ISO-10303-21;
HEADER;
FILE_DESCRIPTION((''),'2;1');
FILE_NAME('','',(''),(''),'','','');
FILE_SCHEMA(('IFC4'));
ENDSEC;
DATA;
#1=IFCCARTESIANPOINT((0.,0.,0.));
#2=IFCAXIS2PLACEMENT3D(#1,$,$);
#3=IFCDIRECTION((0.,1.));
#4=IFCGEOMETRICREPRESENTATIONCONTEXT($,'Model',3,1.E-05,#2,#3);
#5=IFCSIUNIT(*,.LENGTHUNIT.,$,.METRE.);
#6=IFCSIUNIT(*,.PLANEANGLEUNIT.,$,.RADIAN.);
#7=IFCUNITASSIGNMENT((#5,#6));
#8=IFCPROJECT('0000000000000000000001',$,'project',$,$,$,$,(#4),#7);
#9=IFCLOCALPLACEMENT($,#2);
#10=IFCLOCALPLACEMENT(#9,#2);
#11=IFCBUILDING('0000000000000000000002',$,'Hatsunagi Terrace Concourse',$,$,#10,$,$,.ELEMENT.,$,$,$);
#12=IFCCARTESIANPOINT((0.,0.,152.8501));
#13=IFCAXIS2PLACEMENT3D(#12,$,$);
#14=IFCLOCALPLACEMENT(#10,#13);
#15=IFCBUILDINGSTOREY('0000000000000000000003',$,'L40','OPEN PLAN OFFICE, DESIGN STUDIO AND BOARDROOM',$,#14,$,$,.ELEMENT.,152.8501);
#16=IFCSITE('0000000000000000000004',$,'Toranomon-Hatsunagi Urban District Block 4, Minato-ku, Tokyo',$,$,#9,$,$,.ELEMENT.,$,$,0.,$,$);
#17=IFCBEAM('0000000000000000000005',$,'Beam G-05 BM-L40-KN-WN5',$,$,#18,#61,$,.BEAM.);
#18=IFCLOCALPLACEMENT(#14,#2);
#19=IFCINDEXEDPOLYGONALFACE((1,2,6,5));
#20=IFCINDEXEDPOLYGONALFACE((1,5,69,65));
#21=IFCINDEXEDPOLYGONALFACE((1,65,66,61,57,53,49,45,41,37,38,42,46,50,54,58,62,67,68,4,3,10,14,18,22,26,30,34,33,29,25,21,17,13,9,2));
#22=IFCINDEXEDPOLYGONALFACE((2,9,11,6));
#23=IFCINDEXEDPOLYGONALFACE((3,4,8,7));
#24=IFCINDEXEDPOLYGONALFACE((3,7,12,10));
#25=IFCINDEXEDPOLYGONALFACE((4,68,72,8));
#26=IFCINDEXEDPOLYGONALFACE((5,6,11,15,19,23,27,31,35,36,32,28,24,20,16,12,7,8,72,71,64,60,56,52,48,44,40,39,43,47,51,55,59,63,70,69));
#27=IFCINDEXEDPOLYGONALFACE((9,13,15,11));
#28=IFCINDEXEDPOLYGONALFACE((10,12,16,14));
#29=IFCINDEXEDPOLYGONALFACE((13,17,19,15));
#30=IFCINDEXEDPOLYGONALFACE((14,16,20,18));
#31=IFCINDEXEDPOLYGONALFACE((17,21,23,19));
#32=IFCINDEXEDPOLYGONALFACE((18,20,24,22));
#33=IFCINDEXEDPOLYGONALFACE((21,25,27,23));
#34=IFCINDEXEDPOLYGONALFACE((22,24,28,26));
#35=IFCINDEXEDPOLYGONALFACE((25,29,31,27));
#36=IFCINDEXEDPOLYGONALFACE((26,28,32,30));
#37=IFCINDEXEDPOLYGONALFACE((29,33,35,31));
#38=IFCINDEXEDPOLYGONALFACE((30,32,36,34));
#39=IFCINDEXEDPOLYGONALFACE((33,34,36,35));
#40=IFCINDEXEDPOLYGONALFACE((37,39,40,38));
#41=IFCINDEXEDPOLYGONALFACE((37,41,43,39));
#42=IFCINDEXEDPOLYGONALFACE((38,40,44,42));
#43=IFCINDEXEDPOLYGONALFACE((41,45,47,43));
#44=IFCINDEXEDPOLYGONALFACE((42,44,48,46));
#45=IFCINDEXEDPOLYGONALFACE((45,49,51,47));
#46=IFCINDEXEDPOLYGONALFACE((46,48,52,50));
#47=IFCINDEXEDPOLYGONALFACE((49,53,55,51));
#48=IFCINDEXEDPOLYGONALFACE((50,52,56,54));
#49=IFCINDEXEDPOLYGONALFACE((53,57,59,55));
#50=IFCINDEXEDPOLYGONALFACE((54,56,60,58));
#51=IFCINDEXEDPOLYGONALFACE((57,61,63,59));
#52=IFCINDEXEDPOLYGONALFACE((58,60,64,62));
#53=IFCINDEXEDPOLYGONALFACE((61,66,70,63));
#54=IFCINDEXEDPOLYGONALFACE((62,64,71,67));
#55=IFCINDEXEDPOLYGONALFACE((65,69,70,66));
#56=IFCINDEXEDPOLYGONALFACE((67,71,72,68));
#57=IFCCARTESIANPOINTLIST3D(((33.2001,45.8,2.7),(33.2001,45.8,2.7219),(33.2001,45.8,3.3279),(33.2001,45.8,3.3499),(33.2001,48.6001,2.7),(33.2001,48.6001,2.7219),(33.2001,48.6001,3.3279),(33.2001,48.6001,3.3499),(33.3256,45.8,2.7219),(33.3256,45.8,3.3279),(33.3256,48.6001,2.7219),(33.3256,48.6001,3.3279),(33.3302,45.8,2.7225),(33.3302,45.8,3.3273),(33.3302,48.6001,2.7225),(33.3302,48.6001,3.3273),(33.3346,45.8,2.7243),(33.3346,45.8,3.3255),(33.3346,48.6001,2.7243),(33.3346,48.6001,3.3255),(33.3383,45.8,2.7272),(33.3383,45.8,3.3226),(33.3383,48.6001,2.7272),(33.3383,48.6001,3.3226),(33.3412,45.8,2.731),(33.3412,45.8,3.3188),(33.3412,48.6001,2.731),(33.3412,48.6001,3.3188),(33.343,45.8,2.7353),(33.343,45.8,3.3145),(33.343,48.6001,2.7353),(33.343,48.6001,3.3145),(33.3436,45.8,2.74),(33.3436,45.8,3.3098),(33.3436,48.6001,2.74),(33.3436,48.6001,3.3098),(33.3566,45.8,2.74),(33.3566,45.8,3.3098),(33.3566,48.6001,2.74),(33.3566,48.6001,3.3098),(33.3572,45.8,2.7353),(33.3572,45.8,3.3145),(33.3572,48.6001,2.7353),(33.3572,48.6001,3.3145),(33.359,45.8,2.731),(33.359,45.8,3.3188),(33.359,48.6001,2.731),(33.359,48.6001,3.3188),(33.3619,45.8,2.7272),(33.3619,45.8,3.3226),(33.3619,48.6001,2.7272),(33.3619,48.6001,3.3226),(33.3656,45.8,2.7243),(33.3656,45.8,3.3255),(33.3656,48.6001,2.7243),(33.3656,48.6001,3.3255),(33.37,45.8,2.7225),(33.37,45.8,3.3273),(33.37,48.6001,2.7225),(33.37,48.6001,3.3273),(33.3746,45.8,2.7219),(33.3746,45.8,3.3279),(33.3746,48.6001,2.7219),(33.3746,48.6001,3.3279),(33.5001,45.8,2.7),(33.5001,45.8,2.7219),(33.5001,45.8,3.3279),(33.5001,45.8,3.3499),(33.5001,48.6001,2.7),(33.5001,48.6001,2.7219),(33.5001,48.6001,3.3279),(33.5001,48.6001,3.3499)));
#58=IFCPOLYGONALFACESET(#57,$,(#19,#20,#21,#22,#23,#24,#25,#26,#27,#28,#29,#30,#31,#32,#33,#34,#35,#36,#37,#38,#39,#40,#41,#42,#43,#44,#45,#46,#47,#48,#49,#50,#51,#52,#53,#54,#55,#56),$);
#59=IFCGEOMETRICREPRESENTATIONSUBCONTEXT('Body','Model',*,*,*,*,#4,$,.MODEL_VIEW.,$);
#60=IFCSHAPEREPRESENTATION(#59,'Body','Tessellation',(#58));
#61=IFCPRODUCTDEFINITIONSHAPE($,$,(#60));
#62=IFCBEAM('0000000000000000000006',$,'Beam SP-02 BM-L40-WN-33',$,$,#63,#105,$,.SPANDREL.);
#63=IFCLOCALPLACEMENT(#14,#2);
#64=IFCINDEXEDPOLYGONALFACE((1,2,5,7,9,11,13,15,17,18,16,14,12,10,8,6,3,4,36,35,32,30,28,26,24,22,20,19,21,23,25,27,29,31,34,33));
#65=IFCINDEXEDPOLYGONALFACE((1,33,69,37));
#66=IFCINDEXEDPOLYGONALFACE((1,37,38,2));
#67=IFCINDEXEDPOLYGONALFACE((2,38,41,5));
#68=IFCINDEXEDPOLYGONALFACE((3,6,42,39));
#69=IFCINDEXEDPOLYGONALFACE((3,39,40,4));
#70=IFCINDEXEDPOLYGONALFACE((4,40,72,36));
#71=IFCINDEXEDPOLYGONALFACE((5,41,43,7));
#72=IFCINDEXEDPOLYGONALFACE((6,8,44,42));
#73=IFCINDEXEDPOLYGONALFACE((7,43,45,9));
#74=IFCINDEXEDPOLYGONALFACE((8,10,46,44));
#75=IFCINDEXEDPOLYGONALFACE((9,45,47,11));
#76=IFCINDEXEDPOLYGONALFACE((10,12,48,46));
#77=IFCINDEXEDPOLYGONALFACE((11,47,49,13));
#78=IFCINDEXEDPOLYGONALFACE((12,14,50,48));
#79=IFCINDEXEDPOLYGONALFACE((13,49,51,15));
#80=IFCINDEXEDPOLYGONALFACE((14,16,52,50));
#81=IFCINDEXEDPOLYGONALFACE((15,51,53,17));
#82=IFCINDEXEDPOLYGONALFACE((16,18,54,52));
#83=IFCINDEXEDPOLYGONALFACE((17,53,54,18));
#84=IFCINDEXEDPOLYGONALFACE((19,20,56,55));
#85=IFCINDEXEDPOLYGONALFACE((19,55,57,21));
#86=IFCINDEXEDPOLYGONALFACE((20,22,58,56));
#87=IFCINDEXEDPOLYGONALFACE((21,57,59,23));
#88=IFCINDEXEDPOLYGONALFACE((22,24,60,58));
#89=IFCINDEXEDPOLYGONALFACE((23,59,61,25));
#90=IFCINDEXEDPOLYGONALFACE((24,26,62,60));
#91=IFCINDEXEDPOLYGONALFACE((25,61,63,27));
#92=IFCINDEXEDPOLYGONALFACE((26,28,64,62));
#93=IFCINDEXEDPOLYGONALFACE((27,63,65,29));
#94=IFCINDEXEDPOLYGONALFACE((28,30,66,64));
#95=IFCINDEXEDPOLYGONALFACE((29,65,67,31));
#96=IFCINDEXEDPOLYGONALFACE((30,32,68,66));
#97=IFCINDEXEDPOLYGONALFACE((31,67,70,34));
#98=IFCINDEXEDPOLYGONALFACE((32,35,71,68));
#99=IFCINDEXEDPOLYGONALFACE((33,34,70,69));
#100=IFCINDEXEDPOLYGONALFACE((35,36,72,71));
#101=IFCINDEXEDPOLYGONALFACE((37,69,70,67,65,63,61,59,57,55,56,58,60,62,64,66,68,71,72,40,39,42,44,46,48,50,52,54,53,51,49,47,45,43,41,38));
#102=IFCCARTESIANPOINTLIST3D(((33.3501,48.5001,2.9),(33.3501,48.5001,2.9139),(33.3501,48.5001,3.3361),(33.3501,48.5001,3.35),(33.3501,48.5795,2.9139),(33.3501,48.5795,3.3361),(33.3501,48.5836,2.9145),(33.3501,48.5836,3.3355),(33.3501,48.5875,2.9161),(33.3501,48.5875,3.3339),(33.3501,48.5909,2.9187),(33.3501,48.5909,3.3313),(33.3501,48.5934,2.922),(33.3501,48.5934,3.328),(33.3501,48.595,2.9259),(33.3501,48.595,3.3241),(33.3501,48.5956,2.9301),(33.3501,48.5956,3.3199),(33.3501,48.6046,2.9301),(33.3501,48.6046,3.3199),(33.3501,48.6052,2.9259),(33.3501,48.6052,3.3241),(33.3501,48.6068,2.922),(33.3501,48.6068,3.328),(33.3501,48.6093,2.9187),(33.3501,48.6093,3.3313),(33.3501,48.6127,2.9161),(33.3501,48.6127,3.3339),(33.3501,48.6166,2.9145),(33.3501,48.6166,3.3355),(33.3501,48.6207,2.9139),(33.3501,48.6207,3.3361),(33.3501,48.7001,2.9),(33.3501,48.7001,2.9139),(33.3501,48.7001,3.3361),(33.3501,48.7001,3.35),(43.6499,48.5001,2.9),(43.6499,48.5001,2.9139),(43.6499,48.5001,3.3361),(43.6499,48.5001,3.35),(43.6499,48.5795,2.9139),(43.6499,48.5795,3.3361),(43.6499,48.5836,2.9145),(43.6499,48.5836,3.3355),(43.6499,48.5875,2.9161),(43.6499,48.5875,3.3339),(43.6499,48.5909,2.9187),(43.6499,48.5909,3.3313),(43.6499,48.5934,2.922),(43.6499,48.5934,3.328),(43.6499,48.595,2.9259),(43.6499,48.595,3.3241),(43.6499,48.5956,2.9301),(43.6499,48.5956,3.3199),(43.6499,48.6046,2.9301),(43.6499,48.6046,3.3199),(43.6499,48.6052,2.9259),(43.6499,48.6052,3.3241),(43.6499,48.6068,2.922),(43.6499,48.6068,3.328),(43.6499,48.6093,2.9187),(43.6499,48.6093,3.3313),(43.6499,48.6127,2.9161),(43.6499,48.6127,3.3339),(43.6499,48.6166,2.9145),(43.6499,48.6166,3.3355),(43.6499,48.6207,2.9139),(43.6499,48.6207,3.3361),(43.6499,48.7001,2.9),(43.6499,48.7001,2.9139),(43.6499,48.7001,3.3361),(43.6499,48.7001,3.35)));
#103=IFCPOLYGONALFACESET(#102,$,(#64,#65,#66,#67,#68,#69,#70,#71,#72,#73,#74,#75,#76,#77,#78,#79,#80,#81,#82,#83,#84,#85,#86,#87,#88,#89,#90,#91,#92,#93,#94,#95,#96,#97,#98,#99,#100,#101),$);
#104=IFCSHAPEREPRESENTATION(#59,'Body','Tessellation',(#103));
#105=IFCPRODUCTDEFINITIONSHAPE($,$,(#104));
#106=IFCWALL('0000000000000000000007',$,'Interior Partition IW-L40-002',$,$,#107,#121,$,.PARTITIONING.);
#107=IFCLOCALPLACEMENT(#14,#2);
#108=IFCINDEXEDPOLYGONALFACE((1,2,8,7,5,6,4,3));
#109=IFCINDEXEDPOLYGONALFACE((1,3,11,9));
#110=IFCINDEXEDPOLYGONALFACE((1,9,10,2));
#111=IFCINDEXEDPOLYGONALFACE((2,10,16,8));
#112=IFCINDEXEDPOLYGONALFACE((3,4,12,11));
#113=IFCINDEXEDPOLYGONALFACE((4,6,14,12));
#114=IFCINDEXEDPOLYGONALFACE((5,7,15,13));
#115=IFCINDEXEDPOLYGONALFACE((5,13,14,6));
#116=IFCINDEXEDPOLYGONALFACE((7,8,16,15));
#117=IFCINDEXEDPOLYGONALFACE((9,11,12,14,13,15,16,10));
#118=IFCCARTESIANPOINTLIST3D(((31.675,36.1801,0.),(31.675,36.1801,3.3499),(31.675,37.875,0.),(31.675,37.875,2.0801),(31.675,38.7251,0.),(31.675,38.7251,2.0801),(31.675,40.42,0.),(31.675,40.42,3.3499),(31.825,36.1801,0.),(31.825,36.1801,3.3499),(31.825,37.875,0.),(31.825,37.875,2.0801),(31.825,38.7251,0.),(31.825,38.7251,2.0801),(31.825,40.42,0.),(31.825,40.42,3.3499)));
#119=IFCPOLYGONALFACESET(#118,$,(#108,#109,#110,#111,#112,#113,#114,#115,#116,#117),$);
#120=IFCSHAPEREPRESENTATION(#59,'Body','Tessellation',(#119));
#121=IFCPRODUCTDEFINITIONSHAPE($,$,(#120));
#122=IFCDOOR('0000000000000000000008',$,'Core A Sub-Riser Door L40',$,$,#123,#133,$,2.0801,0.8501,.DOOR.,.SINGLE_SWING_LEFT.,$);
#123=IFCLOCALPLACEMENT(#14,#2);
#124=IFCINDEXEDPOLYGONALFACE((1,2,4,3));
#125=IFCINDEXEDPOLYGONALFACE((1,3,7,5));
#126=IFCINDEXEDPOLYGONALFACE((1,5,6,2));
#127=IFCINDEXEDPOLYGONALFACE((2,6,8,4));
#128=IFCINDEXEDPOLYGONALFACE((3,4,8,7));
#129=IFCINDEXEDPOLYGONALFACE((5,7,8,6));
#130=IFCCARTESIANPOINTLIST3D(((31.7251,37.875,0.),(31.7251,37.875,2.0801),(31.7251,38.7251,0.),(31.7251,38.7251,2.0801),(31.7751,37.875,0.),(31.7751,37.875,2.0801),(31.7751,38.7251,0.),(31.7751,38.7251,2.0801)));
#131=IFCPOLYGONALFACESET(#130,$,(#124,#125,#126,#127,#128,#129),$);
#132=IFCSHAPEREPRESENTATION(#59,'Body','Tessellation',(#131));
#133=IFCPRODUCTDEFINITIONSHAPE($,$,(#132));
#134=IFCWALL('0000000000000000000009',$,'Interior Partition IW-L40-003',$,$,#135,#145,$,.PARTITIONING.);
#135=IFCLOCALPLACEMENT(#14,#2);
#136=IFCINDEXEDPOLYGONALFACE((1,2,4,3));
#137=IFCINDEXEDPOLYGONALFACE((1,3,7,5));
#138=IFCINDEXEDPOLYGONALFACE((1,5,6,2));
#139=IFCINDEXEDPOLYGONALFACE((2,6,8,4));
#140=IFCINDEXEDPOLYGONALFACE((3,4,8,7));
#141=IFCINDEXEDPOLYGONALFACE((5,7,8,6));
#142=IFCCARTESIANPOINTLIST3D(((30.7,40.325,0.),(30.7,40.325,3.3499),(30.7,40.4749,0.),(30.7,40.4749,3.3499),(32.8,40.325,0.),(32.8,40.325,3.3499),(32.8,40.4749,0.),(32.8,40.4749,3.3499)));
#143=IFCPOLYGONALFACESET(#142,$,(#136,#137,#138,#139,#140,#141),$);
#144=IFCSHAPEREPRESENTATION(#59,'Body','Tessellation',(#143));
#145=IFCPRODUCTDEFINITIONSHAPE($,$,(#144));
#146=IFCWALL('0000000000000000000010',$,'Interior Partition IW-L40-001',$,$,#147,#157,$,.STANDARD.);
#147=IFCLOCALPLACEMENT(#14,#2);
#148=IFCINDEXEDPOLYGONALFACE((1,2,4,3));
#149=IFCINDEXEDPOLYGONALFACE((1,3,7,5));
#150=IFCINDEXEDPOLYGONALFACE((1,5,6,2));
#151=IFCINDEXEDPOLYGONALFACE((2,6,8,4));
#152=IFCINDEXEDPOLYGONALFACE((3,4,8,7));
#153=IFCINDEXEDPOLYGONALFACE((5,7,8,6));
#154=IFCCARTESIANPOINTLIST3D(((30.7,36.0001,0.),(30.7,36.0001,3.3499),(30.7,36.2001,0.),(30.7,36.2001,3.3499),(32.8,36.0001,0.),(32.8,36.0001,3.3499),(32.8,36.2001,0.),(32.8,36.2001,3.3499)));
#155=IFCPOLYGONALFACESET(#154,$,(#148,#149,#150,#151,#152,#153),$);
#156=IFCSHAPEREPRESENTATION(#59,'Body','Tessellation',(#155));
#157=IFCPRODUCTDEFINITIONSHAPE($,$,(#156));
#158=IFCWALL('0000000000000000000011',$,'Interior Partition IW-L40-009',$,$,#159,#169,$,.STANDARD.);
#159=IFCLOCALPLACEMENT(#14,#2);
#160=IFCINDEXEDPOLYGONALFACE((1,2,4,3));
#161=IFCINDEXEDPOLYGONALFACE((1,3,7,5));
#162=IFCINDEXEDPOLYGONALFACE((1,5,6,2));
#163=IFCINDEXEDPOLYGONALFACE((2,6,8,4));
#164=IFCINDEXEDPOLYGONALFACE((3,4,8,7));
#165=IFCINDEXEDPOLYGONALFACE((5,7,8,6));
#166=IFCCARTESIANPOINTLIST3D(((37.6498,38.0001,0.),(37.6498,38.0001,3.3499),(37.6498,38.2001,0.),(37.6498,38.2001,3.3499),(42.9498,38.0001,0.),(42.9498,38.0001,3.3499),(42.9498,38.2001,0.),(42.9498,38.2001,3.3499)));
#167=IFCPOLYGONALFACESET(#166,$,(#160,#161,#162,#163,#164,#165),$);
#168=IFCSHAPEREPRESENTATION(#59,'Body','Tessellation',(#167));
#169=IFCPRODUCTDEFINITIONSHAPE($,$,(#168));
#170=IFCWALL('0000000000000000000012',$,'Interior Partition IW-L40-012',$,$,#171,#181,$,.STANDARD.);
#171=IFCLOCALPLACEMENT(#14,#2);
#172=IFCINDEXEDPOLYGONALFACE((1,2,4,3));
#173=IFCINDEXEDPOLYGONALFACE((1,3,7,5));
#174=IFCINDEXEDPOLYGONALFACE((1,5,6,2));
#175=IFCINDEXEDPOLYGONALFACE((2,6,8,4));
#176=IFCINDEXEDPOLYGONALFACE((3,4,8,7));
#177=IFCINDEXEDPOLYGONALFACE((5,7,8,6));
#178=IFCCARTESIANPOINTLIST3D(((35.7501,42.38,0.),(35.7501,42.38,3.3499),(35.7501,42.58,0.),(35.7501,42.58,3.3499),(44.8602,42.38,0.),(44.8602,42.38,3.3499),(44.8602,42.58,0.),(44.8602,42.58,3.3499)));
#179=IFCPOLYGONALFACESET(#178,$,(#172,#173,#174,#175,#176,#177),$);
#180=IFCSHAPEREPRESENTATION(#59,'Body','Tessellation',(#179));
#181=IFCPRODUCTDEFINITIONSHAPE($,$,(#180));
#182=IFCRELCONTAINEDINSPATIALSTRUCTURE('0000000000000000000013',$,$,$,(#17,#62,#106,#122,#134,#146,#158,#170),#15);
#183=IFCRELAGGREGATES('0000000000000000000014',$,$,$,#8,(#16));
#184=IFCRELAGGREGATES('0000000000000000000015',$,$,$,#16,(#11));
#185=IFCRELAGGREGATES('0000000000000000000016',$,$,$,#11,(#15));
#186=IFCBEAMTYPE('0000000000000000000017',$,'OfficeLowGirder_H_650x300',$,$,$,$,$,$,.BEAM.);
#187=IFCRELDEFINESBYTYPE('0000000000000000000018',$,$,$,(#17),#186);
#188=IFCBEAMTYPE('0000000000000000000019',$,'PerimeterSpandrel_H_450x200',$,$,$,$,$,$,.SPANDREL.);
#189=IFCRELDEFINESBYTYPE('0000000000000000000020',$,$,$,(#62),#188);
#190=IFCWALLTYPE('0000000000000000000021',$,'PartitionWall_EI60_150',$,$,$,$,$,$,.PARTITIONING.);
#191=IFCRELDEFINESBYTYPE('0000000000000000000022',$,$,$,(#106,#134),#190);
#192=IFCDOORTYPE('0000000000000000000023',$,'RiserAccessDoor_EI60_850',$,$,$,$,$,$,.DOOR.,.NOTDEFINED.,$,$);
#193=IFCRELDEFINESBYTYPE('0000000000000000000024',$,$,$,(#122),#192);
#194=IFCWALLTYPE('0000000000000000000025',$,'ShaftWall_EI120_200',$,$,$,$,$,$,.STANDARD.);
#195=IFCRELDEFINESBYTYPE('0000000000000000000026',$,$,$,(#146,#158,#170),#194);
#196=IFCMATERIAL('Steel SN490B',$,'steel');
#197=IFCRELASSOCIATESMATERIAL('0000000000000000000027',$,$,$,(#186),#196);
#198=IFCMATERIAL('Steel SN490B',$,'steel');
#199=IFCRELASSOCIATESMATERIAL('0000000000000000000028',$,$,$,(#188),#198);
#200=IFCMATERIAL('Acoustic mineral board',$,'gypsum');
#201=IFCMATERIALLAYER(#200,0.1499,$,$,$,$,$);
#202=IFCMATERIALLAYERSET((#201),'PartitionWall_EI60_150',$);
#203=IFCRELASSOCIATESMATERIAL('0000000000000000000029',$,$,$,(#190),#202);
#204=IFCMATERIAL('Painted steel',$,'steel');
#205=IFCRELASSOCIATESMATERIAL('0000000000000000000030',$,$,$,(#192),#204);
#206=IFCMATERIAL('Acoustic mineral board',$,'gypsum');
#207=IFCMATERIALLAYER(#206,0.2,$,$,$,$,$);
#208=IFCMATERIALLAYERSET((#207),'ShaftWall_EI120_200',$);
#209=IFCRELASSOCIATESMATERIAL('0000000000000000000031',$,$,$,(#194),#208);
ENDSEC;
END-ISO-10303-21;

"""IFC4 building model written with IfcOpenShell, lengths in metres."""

from ifc_helpers import new_model, si_unit, direction, frame, frame_2d, origin, origin_2d, place, context, subcontext, project, spatial, rectangle, i_section, extrude, material, layer, layer_set, material_profile, profile_set, type_object, element, fill, save


model = new_model("IFC4")

# Units and contexts
model_context = context("Model", 3, precision=1e-05, world=origin(), true_north=direction((0.0, 1.0)))
body_context = subcontext(model_context, "Body", "Model", "MODEL_VIEW")
ifc_project = project(units=[si_unit("LENGTHUNIT", "METRE"), si_unit("PLANEANGLEUNIT", "RADIAN")], contexts=[model_context])

# Site, building, storey
site_placement = place(None, origin())
site = spatial("IfcSite", under=ifc_project, at=site_placement, Name="Toranomon-Hatsunagi Urban District Block 4, Minato-ku, Tokyo", CompositionType="ELEMENT", RefElevation=0.0)
building_placement = place(site_placement, origin())
building = spatial("IfcBuilding", under=site, at=building_placement, Name="Hatsunagi Terrace Concourse", CompositionType="ELEMENT")
storey_placement = place(building_placement, frame((0.0, 0.0, 152.8501)))
storey = spatial("IfcBuildingStorey", under=building, at=storey_placement, Name="L40", Description="OPEN PLAN OFFICE, DESIGN STUDIO AND BOARDROOM", CompositionType="ELEMENT", Elevation=152.8501)

# Beams
ifc_material_1 = material(Name="Steel SN490B", Category="steel")
ifc_material_profile_1 = material_profile(ifc_material_1, i_section(OverallWidth=0.3, OverallDepth=0.6499, WebThickness=0.0129, FlangeThickness=0.022, FilletRadius=0.0181, at=origin_2d()), Name="H-650x300x13x22")
ifc_profile_set_1 = profile_set([ifc_material_profile_1], Name="Steel SN490B")
beam_type_1 = type_object("IfcBeamType", Name="OfficeLowGirder_H_650x300", PredefinedType="BEAM", material=ifc_profile_set_1)
beam_1_placement = place(storey_placement, frame((33.3501, 45.8, 3.0249), z_axis=(0.0, 1.0, 0.0), x_axis=(-1.0, 0.0, 0.0)))
element("IfcBeam", 1, at=beam_1_placement, inside=storey, type_object=beam_type_1, Name="Beam G-05 BM-L40-KN-WN5", PredefinedType="BEAM", context=body_context, shape_type="SweptSolid", body=[
    extrude(i_section(OverallWidth=0.3, OverallDepth=0.6499, WebThickness=0.0129, FlangeThickness=0.022, FilletRadius=0.0181, at=origin_2d()), origin(), (0.0, 0.0, 1.0), 2.8),
])
ifc_material_2 = material(Name="Steel SN490B", Category="steel")
ifc_material_profile_2 = material_profile(ifc_material_2, i_section(OverallWidth=0.2, OverallDepth=0.45, WebThickness=0.009, FlangeThickness=0.0139, FilletRadius=0.0161, at=origin_2d()), Name="H-450x200x9x14")
ifc_profile_set_2 = profile_set([ifc_material_profile_2], Name="Steel SN490B")
beam_type_2 = type_object("IfcBeamType", Name="PerimeterSpandrel_H_450x200", PredefinedType="SPANDREL", material=ifc_profile_set_2)
beam_2_placement = place(storey_placement, frame((33.3501, 48.6001, 3.125), z_axis=(1.0, 0.0, 0.0), x_axis=(0.0, 1.0, 0.0)))
element("IfcBeam", 2, at=beam_2_placement, inside=storey, type_object=beam_type_2, Name="Beam SP-02 BM-L40-WN-33", PredefinedType="SPANDREL", context=body_context, shape_type="SweptSolid", body=[
    extrude(i_section(OverallWidth=0.2, OverallDepth=0.45, WebThickness=0.009, FlangeThickness=0.0139, FilletRadius=0.0161, at=origin_2d()), origin(), (0.0, 0.0, 1.0), 10.2998),
])

# Wall, opening, door
ifc_material_3 = material(Name="Acoustic mineral board", Category="gypsum")
ifc_layer_1 = layer(ifc_material_3, 0.1499)
ifc_layer_set_1 = layer_set([ifc_layer_1], Name="PartitionWall_EI60_150")
wall_type_1 = type_object("IfcWallType", Name="PartitionWall_EI60_150", PredefinedType="PARTITIONING", material=ifc_layer_set_1)
wall_1_placement = place(storey_placement, frame((31.75, 36.1799, 0.0), z_axis=(0.0, 0.0, 1.0), x_axis=(0.0, 1.0, 0.0)))
wall_1 = element("IfcWall", 3, at=wall_1_placement, inside=storey, type_object=wall_type_1, Name="Interior Partition IW-L40-002", PredefinedType="PARTITIONING", context=body_context, shape_type="SweptSolid", body=[
    extrude(rectangle(XDim=4.24, YDim=0.1499, at=frame_2d((2.1201, 0.0))), origin(), (0.0, 0.0, 1.0), 3.3499),
])
opening_1_placement = place(wall_1_placement, frame((1.6951, 0.0, 0.0)))
opening_1 = element("IfcOpeningElement", 4, at=opening_1_placement, cuts=wall_1, PredefinedType="OPENING", context=body_context, shape_type="SweptSolid", body=[
    extrude(rectangle(XDim=0.8501, YDim=2.0801, at=frame_2d((0.425, 1.04))), frame((0.0, 0.085, 0.0), z_axis=(0.0, -1.0, 0.0), x_axis=(1.0, 0.0, 0.0)), (0.0, 0.0, 1.0), 0.1699),
])
ifc_material_4 = material(Name="Painted steel", Category="steel")
door_type_1 = type_object("IfcDoorType", Name="RiserAccessDoor_EI60_850", OperationType="NOTDEFINED", PredefinedType="DOOR", material=ifc_material_4)
door_1_placement = place(opening_1_placement, origin())
door_1 = element("IfcDoor", 5, at=door_1_placement, inside=storey, type_object=door_type_1, Name="Core A Sub-Riser Door L40", OperationType="SINGLE_SWING_LEFT", OverallHeight=2.0801, OverallWidth=0.8501, PredefinedType="DOOR", context=body_context, shape_type="SweptSolid", body=[
    extrude(rectangle(XDim=0.8501, YDim=2.0801, at=frame_2d((0.425, 1.04))), frame((0.0, 0.0249, 0.0), z_axis=(0.0, -1.0, 0.0), x_axis=(1.0, 0.0, 0.0)), (0.0, 0.0, 1.0), 0.05),
])
fill(opening_1, door_1)

# Walls
wall_2_placement = place(storey_placement, frame((30.7, 40.3999, 0.0), z_axis=(0.0, 0.0, 1.0), x_axis=(1.0, 0.0, 0.0)))
element("IfcWall", 6, at=wall_2_placement, inside=storey, type_object=wall_type_1, Name="Interior Partition IW-L40-003", PredefinedType="PARTITIONING", context=body_context, shape_type="SweptSolid", body=[
    extrude(rectangle(XDim=2.1001, YDim=0.1499, at=frame_2d((1.05, 0.0))), origin(), (0.0, 0.0, 1.0), 3.3499),
])
ifc_material_5 = material(Name="Acoustic mineral board", Category="gypsum")
ifc_layer_2 = layer(ifc_material_5, 0.2)
ifc_layer_set_2 = layer_set([ifc_layer_2], Name="ShaftWall_EI120_200")
wall_type_2 = type_object("IfcWallType", Name="ShaftWall_EI120_200", PredefinedType="STANDARD", material=ifc_layer_set_2)
wall_3_placement = place(storey_placement, frame((30.7, 36.1001, 0.0), z_axis=(0.0, 0.0, 1.0), x_axis=(1.0, 0.0, 0.0)))
element("IfcWall", 7, at=wall_3_placement, inside=storey, type_object=wall_type_2, Name="Interior Partition IW-L40-001", PredefinedType="STANDARD", context=body_context, shape_type="SweptSolid", body=[
    extrude(rectangle(XDim=2.1001, YDim=0.2, at=frame_2d((1.05, 0.0))), origin(), (0.0, 0.0, 1.0), 3.3499),
])
wall_4_placement = place(storey_placement, frame((37.6499, 38.1001, 0.0), z_axis=(0.0, 0.0, 1.0), x_axis=(1.0, 0.0, 0.0)))
element("IfcWall", 8, at=wall_4_placement, inside=storey, type_object=wall_type_2, Name="Interior Partition IW-L40-009", PredefinedType="STANDARD", context=body_context, shape_type="SweptSolid", body=[
    extrude(rectangle(XDim=5.3, YDim=0.2, at=frame_2d((2.6499, 0.0))), origin(), (0.0, 0.0, 1.0), 3.3499),
])
wall_5_placement = place(storey_placement, frame((35.75, 42.48, 0.0), z_axis=(0.0, 0.0, 1.0), x_axis=(1.0, 0.0, 0.0)))
element("IfcWall", 9, at=wall_5_placement, inside=storey, type_object=wall_type_2, Name="Interior Partition IW-L40-012", PredefinedType="STANDARD", context=body_context, shape_type="SweptSolid", body=[
    extrude(rectangle(XDim=9.1101, YDim=0.2, at=frame_2d((4.5552, 0.0))), origin(), (0.0, 0.0, 1.0), 3.3499),
])

save(model, "model.ifc")
